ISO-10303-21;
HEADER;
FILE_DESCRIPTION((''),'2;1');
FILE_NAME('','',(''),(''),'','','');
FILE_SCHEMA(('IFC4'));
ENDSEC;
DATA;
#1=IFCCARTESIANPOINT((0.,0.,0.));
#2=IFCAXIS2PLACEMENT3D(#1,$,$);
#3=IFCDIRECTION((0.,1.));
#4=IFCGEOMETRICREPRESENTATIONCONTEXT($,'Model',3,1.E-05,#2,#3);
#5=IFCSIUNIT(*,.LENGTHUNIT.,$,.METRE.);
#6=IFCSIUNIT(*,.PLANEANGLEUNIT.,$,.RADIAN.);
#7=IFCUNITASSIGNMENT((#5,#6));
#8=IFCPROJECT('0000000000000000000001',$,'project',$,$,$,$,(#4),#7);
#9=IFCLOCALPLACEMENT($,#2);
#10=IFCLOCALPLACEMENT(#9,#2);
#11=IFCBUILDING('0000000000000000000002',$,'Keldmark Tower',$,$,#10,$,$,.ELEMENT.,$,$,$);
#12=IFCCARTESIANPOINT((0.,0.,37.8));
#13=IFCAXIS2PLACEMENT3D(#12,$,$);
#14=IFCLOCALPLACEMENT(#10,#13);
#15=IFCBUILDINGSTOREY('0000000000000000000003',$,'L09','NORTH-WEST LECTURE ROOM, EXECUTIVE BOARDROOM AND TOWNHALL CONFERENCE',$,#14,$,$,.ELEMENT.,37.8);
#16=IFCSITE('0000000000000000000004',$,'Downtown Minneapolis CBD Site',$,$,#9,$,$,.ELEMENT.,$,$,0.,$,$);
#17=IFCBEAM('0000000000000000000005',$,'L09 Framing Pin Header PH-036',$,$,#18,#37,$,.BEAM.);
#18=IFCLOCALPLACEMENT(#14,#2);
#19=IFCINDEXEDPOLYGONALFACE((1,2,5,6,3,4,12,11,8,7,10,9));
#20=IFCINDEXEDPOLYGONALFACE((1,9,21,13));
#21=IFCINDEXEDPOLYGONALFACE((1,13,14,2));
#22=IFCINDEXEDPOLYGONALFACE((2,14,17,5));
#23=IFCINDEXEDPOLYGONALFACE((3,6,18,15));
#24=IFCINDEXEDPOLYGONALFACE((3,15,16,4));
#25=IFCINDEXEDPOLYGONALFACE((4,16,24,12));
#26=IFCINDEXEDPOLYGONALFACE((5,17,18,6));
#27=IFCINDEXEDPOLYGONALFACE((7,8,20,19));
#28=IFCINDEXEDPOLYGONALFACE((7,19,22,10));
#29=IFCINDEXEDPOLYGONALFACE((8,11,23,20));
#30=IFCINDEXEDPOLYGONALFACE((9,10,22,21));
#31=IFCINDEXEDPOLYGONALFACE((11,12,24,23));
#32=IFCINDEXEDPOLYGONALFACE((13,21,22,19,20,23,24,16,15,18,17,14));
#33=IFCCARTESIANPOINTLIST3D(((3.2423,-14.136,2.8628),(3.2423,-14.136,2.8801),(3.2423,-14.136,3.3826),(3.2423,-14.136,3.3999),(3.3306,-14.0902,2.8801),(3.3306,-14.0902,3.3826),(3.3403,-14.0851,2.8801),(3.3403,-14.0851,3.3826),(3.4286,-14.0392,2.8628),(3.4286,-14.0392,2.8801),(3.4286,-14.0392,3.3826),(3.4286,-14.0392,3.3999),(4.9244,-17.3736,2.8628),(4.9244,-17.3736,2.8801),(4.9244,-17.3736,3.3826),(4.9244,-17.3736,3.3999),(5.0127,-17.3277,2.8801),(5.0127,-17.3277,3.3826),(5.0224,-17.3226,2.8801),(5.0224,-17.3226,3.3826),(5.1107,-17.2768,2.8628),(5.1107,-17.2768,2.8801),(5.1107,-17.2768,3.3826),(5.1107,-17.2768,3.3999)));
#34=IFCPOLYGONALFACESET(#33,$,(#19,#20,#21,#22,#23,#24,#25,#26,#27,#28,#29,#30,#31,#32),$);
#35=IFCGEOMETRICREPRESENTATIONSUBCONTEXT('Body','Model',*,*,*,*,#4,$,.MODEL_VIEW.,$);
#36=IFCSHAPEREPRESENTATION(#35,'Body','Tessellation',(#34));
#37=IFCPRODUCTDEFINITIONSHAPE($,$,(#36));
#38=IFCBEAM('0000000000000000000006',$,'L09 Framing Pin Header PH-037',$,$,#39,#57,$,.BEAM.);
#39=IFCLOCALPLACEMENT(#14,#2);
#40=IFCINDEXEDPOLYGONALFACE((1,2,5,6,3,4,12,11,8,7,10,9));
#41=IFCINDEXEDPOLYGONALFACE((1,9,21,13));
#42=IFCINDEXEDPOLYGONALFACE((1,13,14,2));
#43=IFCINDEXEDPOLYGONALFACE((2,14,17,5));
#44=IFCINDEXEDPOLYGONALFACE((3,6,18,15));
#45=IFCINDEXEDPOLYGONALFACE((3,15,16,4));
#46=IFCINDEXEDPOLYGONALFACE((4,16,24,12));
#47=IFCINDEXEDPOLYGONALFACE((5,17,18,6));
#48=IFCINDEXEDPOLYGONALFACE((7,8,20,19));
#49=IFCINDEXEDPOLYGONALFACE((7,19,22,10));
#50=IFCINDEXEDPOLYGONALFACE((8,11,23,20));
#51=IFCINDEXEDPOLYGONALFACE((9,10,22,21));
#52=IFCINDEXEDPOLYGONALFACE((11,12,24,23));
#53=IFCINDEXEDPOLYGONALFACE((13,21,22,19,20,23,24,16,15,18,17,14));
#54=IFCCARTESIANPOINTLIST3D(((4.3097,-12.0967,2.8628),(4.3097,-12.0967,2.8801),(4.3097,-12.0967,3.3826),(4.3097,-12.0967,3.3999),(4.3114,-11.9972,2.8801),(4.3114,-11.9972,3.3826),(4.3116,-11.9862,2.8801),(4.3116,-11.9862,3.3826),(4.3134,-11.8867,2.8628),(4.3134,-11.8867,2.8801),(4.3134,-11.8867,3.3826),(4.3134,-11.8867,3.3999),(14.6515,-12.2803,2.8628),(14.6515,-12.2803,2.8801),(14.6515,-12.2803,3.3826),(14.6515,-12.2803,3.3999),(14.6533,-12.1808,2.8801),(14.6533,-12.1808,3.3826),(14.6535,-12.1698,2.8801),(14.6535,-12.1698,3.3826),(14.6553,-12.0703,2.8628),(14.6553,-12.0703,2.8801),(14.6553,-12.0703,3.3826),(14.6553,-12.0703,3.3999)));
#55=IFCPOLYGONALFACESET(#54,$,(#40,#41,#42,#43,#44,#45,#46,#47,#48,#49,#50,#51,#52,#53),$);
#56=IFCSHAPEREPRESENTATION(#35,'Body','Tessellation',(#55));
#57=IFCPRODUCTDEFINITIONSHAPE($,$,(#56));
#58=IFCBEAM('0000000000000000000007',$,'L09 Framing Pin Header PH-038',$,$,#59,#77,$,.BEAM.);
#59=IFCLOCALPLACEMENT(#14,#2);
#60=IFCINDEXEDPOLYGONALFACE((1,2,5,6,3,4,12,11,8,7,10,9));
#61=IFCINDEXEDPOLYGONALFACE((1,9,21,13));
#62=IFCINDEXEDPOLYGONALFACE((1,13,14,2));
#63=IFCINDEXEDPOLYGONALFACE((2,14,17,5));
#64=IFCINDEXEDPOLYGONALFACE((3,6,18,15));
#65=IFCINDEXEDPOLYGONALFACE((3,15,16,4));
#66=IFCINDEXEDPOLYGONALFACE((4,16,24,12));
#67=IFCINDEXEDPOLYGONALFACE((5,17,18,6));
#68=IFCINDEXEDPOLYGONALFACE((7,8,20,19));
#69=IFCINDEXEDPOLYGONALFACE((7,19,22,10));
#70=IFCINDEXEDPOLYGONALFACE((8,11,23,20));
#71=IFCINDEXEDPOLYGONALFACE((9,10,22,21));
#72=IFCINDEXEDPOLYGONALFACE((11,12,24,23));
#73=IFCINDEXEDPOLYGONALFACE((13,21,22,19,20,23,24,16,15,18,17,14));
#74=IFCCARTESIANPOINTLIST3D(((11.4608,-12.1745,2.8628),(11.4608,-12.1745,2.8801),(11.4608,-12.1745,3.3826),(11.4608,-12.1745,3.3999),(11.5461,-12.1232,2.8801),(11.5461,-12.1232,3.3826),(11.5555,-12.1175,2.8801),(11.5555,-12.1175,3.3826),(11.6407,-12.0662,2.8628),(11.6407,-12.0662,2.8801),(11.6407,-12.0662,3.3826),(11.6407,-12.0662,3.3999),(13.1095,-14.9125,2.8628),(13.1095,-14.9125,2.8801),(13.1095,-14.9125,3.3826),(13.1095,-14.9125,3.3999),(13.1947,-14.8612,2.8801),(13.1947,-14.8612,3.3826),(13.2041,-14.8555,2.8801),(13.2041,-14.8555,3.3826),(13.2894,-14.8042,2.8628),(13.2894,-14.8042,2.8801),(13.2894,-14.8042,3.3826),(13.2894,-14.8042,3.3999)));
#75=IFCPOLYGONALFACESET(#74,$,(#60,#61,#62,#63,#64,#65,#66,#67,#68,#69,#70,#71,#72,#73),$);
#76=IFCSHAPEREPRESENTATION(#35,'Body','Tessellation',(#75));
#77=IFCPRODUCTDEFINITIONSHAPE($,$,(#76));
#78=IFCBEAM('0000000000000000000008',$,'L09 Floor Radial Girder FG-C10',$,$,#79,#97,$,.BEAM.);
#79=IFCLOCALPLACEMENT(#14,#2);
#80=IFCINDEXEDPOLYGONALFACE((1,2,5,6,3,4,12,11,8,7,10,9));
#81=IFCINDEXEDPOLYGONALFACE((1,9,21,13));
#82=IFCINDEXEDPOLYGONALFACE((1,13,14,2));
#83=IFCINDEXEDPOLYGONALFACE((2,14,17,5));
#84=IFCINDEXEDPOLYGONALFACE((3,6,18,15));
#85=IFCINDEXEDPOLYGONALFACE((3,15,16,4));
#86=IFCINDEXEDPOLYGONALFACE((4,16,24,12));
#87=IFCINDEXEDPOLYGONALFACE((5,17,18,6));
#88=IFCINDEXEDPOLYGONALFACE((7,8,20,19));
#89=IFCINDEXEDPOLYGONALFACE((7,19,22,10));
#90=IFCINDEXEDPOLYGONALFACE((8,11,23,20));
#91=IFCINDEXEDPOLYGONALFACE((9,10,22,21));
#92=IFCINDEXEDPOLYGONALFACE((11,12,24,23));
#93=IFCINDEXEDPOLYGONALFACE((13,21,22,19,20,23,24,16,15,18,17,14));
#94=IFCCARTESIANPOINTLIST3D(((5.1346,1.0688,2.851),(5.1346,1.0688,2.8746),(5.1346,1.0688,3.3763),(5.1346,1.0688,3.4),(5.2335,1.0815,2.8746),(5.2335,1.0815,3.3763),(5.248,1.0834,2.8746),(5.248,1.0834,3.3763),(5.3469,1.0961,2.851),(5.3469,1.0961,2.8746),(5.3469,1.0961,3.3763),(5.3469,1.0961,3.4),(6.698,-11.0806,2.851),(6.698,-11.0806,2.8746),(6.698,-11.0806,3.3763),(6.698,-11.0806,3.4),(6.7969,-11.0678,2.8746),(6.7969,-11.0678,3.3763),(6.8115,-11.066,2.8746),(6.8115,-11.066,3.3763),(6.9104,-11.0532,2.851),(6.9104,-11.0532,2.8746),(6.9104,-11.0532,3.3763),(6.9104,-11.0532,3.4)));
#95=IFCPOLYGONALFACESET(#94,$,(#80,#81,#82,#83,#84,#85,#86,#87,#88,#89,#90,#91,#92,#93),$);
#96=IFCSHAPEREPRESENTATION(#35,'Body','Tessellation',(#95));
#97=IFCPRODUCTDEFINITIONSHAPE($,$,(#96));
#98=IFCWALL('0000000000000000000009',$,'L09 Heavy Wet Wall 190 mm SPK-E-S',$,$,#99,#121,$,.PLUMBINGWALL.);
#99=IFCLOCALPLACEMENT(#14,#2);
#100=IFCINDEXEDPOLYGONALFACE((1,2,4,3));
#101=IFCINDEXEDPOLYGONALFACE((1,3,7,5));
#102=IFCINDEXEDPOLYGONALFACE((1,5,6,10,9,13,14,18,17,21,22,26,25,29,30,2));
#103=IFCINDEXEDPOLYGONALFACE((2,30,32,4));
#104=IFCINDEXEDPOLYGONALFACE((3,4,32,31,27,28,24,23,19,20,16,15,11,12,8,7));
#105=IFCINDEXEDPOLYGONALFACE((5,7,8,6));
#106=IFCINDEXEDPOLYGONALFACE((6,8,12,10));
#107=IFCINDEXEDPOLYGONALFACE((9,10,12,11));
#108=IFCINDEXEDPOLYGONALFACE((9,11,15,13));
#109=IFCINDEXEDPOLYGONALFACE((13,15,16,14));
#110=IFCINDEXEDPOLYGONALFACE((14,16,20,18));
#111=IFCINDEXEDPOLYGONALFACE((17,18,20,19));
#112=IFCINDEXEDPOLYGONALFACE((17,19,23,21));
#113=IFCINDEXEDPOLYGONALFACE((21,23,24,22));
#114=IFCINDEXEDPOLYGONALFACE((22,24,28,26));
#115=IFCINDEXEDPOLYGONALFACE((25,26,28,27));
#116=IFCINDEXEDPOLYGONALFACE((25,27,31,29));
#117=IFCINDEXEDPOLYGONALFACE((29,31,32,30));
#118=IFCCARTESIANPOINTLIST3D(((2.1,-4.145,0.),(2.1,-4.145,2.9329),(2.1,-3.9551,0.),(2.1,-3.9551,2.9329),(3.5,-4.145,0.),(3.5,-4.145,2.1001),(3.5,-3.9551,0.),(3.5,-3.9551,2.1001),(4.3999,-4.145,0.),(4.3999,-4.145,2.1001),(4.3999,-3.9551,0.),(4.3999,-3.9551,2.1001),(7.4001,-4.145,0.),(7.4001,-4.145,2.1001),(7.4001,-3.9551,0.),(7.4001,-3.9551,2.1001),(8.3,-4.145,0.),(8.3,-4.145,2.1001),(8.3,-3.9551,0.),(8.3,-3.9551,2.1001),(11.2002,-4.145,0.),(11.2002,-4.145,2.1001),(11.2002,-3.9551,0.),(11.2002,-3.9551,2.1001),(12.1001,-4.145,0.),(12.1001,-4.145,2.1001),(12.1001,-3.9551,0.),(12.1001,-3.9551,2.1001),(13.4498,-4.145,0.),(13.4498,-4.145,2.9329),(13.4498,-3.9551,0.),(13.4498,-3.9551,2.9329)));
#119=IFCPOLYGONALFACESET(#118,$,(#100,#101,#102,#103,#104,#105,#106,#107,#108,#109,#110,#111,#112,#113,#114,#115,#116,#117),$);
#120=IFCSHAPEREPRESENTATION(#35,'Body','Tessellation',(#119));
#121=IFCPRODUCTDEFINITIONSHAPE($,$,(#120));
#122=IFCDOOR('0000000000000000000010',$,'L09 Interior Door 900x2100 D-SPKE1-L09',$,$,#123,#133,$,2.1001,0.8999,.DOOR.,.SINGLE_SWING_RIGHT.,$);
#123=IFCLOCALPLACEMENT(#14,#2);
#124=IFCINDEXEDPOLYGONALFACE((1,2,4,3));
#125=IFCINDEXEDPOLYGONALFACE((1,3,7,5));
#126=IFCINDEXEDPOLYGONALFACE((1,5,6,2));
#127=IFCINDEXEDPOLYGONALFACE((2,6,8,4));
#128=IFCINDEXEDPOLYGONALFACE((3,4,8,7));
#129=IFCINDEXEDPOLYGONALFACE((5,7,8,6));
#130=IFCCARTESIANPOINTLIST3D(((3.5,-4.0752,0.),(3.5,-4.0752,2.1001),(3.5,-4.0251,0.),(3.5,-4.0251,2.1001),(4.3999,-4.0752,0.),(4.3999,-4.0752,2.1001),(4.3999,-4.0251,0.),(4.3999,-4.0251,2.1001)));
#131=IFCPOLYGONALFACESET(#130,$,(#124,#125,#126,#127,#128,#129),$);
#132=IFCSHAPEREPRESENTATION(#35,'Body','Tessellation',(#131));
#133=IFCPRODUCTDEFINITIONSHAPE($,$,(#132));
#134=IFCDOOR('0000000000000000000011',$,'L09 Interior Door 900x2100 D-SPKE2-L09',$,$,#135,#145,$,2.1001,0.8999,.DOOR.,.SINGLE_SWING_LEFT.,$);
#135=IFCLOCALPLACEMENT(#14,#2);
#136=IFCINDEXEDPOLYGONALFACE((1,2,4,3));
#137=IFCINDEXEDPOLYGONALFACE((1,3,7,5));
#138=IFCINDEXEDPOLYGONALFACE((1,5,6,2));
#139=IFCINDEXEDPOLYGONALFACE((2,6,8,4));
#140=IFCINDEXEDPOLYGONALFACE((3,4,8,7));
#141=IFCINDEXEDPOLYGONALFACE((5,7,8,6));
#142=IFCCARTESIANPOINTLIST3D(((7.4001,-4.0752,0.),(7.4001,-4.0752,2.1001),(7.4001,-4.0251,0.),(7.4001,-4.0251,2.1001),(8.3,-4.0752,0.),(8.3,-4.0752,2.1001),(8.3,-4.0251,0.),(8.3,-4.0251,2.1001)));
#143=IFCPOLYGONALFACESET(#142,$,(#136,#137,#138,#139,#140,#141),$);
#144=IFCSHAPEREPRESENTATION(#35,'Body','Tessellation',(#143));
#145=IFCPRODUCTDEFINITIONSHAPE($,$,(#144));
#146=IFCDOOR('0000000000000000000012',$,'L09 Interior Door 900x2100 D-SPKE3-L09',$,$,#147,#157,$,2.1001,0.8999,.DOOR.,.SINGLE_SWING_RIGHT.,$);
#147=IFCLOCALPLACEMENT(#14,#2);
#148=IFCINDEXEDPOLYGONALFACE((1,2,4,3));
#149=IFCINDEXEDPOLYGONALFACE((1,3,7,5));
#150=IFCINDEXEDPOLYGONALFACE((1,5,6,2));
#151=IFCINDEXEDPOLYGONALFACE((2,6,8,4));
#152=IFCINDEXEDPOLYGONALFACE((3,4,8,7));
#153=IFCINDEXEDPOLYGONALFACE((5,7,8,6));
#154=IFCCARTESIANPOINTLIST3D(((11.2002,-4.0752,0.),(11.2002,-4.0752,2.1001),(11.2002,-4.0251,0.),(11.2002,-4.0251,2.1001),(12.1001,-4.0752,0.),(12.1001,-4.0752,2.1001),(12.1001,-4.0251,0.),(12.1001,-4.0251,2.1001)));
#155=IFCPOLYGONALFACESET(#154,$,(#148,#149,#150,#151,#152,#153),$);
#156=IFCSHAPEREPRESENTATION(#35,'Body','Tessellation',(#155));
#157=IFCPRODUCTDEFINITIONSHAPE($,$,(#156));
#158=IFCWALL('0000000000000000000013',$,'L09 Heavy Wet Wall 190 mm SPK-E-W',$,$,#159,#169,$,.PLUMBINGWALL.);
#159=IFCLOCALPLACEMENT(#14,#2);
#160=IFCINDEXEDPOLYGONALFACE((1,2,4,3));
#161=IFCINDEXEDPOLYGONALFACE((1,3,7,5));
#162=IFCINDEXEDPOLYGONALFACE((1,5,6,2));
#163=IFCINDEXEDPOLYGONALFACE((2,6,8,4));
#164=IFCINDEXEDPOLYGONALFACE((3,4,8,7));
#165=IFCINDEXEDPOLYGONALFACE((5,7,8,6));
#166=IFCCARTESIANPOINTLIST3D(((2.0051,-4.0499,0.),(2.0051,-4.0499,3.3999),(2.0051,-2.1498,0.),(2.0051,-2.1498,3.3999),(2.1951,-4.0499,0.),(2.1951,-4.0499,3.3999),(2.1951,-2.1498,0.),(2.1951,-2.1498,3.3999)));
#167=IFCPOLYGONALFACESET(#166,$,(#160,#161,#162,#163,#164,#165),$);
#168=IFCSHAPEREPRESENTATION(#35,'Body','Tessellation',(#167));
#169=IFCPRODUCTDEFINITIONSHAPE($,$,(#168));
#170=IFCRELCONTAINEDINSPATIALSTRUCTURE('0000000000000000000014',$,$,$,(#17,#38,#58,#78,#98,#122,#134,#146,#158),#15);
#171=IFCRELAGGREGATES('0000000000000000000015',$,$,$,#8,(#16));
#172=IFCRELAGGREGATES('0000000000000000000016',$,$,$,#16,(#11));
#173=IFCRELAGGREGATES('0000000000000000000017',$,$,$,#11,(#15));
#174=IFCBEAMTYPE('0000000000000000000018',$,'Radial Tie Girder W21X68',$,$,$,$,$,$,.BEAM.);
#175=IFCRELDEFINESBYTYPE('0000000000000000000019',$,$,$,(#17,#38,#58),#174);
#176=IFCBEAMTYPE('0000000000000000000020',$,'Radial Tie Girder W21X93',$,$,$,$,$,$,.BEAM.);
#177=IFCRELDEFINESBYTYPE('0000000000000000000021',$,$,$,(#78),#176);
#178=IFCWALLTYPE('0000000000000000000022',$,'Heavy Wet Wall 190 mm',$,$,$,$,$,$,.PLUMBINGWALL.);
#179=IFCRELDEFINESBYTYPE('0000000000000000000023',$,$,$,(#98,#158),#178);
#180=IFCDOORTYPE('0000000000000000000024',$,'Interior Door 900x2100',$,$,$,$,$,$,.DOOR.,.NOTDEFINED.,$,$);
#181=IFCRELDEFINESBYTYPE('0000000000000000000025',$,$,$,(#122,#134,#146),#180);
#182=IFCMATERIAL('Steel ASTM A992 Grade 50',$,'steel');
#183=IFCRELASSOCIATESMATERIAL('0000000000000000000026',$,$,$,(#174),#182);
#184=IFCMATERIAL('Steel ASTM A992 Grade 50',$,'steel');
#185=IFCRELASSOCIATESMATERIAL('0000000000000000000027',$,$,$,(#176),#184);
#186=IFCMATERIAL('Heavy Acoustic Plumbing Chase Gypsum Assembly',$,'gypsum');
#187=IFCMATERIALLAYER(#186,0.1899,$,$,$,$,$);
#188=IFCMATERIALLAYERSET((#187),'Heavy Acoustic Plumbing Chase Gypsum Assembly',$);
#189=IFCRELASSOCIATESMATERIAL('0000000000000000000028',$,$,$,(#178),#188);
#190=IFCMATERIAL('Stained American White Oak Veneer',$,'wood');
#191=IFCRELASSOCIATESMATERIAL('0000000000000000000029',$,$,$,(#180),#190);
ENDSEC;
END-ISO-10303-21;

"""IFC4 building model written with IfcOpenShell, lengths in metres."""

from ifc_helpers import new_model, si_unit, direction, frame, frame_2d, origin, origin_2d, place, context, subcontext, project, spatial, rectangle, i_section, extrude, material, layer, layer_set, material_profile, profile_set, type_object, element, fill, save


model = new_model("IFC4")

# Units and contexts
model_context = context("Model", 3, precision=1e-05, world=origin(), true_north=direction((0.0, 1.0)))
body_context = subcontext(model_context, "Body", "Model", "MODEL_VIEW")
ifc_project = project(units=[si_unit("LENGTHUNIT", "METRE"), si_unit("PLANEANGLEUNIT", "RADIAN")], contexts=[model_context])

# Site, building, storey
site_placement = place(None, origin())
site = spatial("IfcSite", under=ifc_project, at=site_placement, Name="Downtown Minneapolis CBD Site", CompositionType="ELEMENT", RefElevation=0.0)
building_placement = place(site_placement, origin())
building = spatial("IfcBuilding", under=site, at=building_placement, Name="Keldmark Tower", CompositionType="ELEMENT")
storey_placement = place(building_placement, frame((0.0, 0.0, 37.8)))
storey = spatial("IfcBuildingStorey", under=building, at=storey_placement, Name="L09", Description="NORTH-WEST LECTURE ROOM, EXECUTIVE BOARDROOM AND TOWNHALL CONFERENCE", CompositionType="ELEMENT", Elevation=37.8)

# Beams
ifc_material_1 = material(Name="Steel ASTM A992 Grade 50", Category="steel")
ifc_material_profile_1 = material_profile(ifc_material_1, i_section(OverallWidth=0.21, OverallDepth=0.5371, WebThickness=0.011, FlangeThickness=0.0173, at=origin_2d()), Name="W21X68")
ifc_profile_set_1 = profile_set([ifc_material_profile_1], Name="Steel ASTM A992 Grade 50")
beam_type_1 = type_object("IfcBeamType", Name="Radial Tie Girder W21X68", PredefinedType="BEAM", material=ifc_profile_set_1)
beam_1_placement = place(storey_placement, frame((3.3354, -14.0876, 3.1313), z_axis=(0.461051, -0.887373, 0.0), x_axis=(0.887373, 0.461051, 0.0)))
element("IfcBeam", 1, at=beam_1_placement, inside=storey, type_object=beam_type_1, Name="L09 Framing Pin Header PH-036", PredefinedType="BEAM", context=body_context, shape_type="SweptSolid", body=[
    extrude(i_section(OverallWidth=0.21, OverallDepth=0.5371, WebThickness=0.011, FlangeThickness=0.0173, at=origin_2d()), origin(), (0.0, 0.0, 1.0), 3.6484),
])
beam_2_placement = place(storey_placement, frame((4.3115, -11.9917, 3.1313), z_axis=(0.999842, -0.01775, 0.0), x_axis=(0.01775, 0.999842, 0.0)))
element("IfcBeam", 2, at=beam_2_placement, inside=storey, type_object=beam_type_1, Name="L09 Framing Pin Header PH-037", PredefinedType="BEAM", context=body_context, shape_type="SweptSolid", body=[
    extrude(i_section(OverallWidth=0.21, OverallDepth=0.5371, WebThickness=0.011, FlangeThickness=0.0173, at=origin_2d()), origin(), (0.0, 0.0, 1.0), 10.3435),
])
beam_3_placement = place(storey_placement, frame((11.5508, -12.1204, 3.1313), z_axis=(0.515843, -0.856683, 0.0), x_axis=(0.856683, 0.515843, 0.0)))
element("IfcBeam", 3, at=beam_3_placement, inside=storey, type_object=beam_type_1, Name="L09 Framing Pin Header PH-038", PredefinedType="BEAM", context=body_context, shape_type="SweptSolid", body=[
    extrude(i_section(OverallWidth=0.21, OverallDepth=0.5371, WebThickness=0.011, FlangeThickness=0.0173, at=origin_2d()), origin(), (0.0, 0.0, 1.0), 3.196),
])
ifc_material_2 = material(Name="Steel ASTM A992 Grade 50", Category="steel")
ifc_material_profile_2 = material_profile(ifc_material_2, i_section(OverallWidth=0.2141, OverallDepth=0.5491, WebThickness=0.0146, FlangeThickness=0.0237, at=origin_2d()), Name="W21X93")
ifc_profile_set_2 = profile_set([ifc_material_profile_2], Name="Steel ASTM A992 Grade 50")
beam_type_2 = type_object("IfcBeamType", Name="Radial Tie Girder W21X93", PredefinedType="BEAM", material=ifc_profile_set_2)
beam_4_placement = place(storey_placement, frame((6.8042, -11.0669, 3.1255), z_axis=(-0.127635, 0.991821, 0.0), x_axis=(-0.991821, -0.127635, 0.0)))
element("IfcBeam", 4, at=beam_4_placement, inside=storey, type_object=beam_type_2, Name="L09 Floor Radial Girder FG-C10", PredefinedType="BEAM", context=body_context, shape_type="SweptSolid", body=[
    extrude(i_section(OverallWidth=0.2141, OverallDepth=0.5491, WebThickness=0.0146, FlangeThickness=0.0237, at=origin_2d()), origin(), (0.0, 0.0, 1.0), 12.2495),
])

# Wall, openings, doors
ifc_material_3 = material(Name="Heavy Acoustic Plumbing Chase Gypsum Assembly", Category="gypsum")
ifc_layer_1 = layer(ifc_material_3, 0.1899)
ifc_layer_set_1 = layer_set([ifc_layer_1], Name="Heavy Acoustic Plumbing Chase Gypsum Assembly")
wall_type_1 = type_object("IfcWallType", Name="Heavy Wet Wall 190 mm", PredefinedType="PLUMBINGWALL", material=ifc_layer_set_1)
wall_1_placement = place(storey_placement, frame((2.1001, -4.05, 0.0), z_axis=(0.0, 0.0, 1.0), x_axis=(1.0, 0.0, 0.0)))
wall_1 = element("IfcWall", 5, at=wall_1_placement, inside=storey, type_object=wall_type_1, Name="L09 Heavy Wet Wall 190 mm SPK-E-S", PredefinedType="PLUMBINGWALL", context=body_context, shape_type="SweptSolid", body=[
    extrude(rectangle(XDim=11.3499, YDim=0.1899, at=frame_2d((5.6748, 0.0))), origin(), (0.0, 0.0, 1.0), 2.9329),
])
opening_1_placement = place(wall_1_placement, frame((1.3999, 0.0, 0.0)))
opening_1 = element("IfcOpeningElement", 6, at=opening_1_placement, cuts=wall_1, PredefinedType="OPENING", context=body_context, shape_type="SweptSolid", body=[
    extrude(rectangle(XDim=0.8999, YDim=2.1001, at=frame_2d((0.45, 1.05))), frame((0.0, 0.105, 0.0), z_axis=(0.0, -1.0, 0.0), x_axis=(1.0, 0.0, 0.0)), (0.0, 0.0, 1.0), 0.21),
])
opening_2_placement = place(wall_1_placement, frame((5.3, 0.0, 0.0)))
opening_2 = element("IfcOpeningElement", 7, at=opening_2_placement, cuts=wall_1, PredefinedType="OPENING", context=body_context, shape_type="SweptSolid", body=[
    extrude(rectangle(XDim=0.8999, YDim=2.1001, at=frame_2d((0.45, 1.05))), frame((0.0, 0.105, 0.0), z_axis=(0.0, -1.0, 0.0), x_axis=(1.0, 0.0, 0.0)), (0.0, 0.0, 1.0), 0.21),
])
opening_3_placement = place(wall_1_placement, frame((9.1001, 0.0, 0.0)))
opening_3 = element("IfcOpeningElement", 8, at=opening_3_placement, cuts=wall_1, PredefinedType="OPENING", context=body_context, shape_type="SweptSolid", body=[
    extrude(rectangle(XDim=0.8999, YDim=2.1001, at=frame_2d((0.45, 1.05))), frame((0.0, 0.105, 0.0), z_axis=(0.0, -1.0, 0.0), x_axis=(1.0, 0.0, 0.0)), (0.0, 0.0, 1.0), 0.21),
])
ifc_material_4 = material(Name="Stained American White Oak Veneer", Category="wood")
door_type = type_object("IfcDoorType", Name="Interior Door 900x2100", OperationType="NOTDEFINED", PredefinedType="DOOR", material=ifc_material_4)
door_1_placement = place(opening_1_placement, origin())
door_1 = element("IfcDoor", 9, at=door_1_placement, inside=storey, type_object=door_type, Name="L09 Interior Door 900x2100 D-SPKE1-L09", OperationType="SINGLE_SWING_RIGHT", OverallHeight=2.1001, OverallWidth=0.8999, PredefinedType="DOOR", context=body_context, shape_type="SweptSolid", body=[
    extrude(rectangle(XDim=0.8999, YDim=2.1001, at=frame_2d((0.45, 1.05))), frame((0.0, 0.0249, 0.0), z_axis=(0.0, -1.0, 0.0), x_axis=(1.0, 0.0, 0.0)), (0.0, 0.0, 1.0), 0.05),
])
fill(opening_1, door_1)
door_2_placement = place(opening_2_placement, origin())
door_2 = element("IfcDoor", 10, at=door_2_placement, inside=storey, type_object=door_type, Name="L09 Interior Door 900x2100 D-SPKE2-L09", OperationType="SINGLE_SWING_LEFT", OverallHeight=2.1001, OverallWidth=0.8999, PredefinedType="DOOR", context=body_context, shape_type="SweptSolid", body=[
    extrude(rectangle(XDim=0.8999, YDim=2.1001, at=frame_2d((0.45, 1.05))), frame((0.0, 0.0249, 0.0), z_axis=(0.0, -1.0, 0.0), x_axis=(1.0, 0.0, 0.0)), (0.0, 0.0, 1.0), 0.05),
])
fill(opening_2, door_2)
door_3_placement = place(opening_3_placement, origin())
door_3 = element("IfcDoor", 11, at=door_3_placement, inside=storey, type_object=door_type, Name="L09 Interior Door 900x2100 D-SPKE3-L09", OperationType="SINGLE_SWING_RIGHT", OverallHeight=2.1001, OverallWidth=0.8999, PredefinedType="DOOR", context=body_context, shape_type="SweptSolid", body=[
    extrude(rectangle(XDim=0.8999, YDim=2.1001, at=frame_2d((0.45, 1.05))), frame((0.0, 0.0249, 0.0), z_axis=(0.0, -1.0, 0.0), x_axis=(1.0, 0.0, 0.0)), (0.0, 0.0, 1.0), 0.05),
])
fill(opening_3, door_3)

# Wall
wall_2_placement = place(storey_placement, frame((2.1001, -4.05, 0.0), z_axis=(0.0, 0.0, 1.0), x_axis=(0.0, 1.0, 0.0)))
element("IfcWall", 12, at=wall_2_placement, inside=storey, type_object=wall_type_1, Name="L09 Heavy Wet Wall 190 mm SPK-E-W", PredefinedType="PLUMBINGWALL", context=body_context, shape_type="SweptSolid", body=[
    extrude(rectangle(XDim=1.9001, YDim=0.1899, at=frame_2d((0.9502, 0.0))), origin(), (0.0, 0.0, 1.0), 3.3999),
])

save(model, "model.ifc")
